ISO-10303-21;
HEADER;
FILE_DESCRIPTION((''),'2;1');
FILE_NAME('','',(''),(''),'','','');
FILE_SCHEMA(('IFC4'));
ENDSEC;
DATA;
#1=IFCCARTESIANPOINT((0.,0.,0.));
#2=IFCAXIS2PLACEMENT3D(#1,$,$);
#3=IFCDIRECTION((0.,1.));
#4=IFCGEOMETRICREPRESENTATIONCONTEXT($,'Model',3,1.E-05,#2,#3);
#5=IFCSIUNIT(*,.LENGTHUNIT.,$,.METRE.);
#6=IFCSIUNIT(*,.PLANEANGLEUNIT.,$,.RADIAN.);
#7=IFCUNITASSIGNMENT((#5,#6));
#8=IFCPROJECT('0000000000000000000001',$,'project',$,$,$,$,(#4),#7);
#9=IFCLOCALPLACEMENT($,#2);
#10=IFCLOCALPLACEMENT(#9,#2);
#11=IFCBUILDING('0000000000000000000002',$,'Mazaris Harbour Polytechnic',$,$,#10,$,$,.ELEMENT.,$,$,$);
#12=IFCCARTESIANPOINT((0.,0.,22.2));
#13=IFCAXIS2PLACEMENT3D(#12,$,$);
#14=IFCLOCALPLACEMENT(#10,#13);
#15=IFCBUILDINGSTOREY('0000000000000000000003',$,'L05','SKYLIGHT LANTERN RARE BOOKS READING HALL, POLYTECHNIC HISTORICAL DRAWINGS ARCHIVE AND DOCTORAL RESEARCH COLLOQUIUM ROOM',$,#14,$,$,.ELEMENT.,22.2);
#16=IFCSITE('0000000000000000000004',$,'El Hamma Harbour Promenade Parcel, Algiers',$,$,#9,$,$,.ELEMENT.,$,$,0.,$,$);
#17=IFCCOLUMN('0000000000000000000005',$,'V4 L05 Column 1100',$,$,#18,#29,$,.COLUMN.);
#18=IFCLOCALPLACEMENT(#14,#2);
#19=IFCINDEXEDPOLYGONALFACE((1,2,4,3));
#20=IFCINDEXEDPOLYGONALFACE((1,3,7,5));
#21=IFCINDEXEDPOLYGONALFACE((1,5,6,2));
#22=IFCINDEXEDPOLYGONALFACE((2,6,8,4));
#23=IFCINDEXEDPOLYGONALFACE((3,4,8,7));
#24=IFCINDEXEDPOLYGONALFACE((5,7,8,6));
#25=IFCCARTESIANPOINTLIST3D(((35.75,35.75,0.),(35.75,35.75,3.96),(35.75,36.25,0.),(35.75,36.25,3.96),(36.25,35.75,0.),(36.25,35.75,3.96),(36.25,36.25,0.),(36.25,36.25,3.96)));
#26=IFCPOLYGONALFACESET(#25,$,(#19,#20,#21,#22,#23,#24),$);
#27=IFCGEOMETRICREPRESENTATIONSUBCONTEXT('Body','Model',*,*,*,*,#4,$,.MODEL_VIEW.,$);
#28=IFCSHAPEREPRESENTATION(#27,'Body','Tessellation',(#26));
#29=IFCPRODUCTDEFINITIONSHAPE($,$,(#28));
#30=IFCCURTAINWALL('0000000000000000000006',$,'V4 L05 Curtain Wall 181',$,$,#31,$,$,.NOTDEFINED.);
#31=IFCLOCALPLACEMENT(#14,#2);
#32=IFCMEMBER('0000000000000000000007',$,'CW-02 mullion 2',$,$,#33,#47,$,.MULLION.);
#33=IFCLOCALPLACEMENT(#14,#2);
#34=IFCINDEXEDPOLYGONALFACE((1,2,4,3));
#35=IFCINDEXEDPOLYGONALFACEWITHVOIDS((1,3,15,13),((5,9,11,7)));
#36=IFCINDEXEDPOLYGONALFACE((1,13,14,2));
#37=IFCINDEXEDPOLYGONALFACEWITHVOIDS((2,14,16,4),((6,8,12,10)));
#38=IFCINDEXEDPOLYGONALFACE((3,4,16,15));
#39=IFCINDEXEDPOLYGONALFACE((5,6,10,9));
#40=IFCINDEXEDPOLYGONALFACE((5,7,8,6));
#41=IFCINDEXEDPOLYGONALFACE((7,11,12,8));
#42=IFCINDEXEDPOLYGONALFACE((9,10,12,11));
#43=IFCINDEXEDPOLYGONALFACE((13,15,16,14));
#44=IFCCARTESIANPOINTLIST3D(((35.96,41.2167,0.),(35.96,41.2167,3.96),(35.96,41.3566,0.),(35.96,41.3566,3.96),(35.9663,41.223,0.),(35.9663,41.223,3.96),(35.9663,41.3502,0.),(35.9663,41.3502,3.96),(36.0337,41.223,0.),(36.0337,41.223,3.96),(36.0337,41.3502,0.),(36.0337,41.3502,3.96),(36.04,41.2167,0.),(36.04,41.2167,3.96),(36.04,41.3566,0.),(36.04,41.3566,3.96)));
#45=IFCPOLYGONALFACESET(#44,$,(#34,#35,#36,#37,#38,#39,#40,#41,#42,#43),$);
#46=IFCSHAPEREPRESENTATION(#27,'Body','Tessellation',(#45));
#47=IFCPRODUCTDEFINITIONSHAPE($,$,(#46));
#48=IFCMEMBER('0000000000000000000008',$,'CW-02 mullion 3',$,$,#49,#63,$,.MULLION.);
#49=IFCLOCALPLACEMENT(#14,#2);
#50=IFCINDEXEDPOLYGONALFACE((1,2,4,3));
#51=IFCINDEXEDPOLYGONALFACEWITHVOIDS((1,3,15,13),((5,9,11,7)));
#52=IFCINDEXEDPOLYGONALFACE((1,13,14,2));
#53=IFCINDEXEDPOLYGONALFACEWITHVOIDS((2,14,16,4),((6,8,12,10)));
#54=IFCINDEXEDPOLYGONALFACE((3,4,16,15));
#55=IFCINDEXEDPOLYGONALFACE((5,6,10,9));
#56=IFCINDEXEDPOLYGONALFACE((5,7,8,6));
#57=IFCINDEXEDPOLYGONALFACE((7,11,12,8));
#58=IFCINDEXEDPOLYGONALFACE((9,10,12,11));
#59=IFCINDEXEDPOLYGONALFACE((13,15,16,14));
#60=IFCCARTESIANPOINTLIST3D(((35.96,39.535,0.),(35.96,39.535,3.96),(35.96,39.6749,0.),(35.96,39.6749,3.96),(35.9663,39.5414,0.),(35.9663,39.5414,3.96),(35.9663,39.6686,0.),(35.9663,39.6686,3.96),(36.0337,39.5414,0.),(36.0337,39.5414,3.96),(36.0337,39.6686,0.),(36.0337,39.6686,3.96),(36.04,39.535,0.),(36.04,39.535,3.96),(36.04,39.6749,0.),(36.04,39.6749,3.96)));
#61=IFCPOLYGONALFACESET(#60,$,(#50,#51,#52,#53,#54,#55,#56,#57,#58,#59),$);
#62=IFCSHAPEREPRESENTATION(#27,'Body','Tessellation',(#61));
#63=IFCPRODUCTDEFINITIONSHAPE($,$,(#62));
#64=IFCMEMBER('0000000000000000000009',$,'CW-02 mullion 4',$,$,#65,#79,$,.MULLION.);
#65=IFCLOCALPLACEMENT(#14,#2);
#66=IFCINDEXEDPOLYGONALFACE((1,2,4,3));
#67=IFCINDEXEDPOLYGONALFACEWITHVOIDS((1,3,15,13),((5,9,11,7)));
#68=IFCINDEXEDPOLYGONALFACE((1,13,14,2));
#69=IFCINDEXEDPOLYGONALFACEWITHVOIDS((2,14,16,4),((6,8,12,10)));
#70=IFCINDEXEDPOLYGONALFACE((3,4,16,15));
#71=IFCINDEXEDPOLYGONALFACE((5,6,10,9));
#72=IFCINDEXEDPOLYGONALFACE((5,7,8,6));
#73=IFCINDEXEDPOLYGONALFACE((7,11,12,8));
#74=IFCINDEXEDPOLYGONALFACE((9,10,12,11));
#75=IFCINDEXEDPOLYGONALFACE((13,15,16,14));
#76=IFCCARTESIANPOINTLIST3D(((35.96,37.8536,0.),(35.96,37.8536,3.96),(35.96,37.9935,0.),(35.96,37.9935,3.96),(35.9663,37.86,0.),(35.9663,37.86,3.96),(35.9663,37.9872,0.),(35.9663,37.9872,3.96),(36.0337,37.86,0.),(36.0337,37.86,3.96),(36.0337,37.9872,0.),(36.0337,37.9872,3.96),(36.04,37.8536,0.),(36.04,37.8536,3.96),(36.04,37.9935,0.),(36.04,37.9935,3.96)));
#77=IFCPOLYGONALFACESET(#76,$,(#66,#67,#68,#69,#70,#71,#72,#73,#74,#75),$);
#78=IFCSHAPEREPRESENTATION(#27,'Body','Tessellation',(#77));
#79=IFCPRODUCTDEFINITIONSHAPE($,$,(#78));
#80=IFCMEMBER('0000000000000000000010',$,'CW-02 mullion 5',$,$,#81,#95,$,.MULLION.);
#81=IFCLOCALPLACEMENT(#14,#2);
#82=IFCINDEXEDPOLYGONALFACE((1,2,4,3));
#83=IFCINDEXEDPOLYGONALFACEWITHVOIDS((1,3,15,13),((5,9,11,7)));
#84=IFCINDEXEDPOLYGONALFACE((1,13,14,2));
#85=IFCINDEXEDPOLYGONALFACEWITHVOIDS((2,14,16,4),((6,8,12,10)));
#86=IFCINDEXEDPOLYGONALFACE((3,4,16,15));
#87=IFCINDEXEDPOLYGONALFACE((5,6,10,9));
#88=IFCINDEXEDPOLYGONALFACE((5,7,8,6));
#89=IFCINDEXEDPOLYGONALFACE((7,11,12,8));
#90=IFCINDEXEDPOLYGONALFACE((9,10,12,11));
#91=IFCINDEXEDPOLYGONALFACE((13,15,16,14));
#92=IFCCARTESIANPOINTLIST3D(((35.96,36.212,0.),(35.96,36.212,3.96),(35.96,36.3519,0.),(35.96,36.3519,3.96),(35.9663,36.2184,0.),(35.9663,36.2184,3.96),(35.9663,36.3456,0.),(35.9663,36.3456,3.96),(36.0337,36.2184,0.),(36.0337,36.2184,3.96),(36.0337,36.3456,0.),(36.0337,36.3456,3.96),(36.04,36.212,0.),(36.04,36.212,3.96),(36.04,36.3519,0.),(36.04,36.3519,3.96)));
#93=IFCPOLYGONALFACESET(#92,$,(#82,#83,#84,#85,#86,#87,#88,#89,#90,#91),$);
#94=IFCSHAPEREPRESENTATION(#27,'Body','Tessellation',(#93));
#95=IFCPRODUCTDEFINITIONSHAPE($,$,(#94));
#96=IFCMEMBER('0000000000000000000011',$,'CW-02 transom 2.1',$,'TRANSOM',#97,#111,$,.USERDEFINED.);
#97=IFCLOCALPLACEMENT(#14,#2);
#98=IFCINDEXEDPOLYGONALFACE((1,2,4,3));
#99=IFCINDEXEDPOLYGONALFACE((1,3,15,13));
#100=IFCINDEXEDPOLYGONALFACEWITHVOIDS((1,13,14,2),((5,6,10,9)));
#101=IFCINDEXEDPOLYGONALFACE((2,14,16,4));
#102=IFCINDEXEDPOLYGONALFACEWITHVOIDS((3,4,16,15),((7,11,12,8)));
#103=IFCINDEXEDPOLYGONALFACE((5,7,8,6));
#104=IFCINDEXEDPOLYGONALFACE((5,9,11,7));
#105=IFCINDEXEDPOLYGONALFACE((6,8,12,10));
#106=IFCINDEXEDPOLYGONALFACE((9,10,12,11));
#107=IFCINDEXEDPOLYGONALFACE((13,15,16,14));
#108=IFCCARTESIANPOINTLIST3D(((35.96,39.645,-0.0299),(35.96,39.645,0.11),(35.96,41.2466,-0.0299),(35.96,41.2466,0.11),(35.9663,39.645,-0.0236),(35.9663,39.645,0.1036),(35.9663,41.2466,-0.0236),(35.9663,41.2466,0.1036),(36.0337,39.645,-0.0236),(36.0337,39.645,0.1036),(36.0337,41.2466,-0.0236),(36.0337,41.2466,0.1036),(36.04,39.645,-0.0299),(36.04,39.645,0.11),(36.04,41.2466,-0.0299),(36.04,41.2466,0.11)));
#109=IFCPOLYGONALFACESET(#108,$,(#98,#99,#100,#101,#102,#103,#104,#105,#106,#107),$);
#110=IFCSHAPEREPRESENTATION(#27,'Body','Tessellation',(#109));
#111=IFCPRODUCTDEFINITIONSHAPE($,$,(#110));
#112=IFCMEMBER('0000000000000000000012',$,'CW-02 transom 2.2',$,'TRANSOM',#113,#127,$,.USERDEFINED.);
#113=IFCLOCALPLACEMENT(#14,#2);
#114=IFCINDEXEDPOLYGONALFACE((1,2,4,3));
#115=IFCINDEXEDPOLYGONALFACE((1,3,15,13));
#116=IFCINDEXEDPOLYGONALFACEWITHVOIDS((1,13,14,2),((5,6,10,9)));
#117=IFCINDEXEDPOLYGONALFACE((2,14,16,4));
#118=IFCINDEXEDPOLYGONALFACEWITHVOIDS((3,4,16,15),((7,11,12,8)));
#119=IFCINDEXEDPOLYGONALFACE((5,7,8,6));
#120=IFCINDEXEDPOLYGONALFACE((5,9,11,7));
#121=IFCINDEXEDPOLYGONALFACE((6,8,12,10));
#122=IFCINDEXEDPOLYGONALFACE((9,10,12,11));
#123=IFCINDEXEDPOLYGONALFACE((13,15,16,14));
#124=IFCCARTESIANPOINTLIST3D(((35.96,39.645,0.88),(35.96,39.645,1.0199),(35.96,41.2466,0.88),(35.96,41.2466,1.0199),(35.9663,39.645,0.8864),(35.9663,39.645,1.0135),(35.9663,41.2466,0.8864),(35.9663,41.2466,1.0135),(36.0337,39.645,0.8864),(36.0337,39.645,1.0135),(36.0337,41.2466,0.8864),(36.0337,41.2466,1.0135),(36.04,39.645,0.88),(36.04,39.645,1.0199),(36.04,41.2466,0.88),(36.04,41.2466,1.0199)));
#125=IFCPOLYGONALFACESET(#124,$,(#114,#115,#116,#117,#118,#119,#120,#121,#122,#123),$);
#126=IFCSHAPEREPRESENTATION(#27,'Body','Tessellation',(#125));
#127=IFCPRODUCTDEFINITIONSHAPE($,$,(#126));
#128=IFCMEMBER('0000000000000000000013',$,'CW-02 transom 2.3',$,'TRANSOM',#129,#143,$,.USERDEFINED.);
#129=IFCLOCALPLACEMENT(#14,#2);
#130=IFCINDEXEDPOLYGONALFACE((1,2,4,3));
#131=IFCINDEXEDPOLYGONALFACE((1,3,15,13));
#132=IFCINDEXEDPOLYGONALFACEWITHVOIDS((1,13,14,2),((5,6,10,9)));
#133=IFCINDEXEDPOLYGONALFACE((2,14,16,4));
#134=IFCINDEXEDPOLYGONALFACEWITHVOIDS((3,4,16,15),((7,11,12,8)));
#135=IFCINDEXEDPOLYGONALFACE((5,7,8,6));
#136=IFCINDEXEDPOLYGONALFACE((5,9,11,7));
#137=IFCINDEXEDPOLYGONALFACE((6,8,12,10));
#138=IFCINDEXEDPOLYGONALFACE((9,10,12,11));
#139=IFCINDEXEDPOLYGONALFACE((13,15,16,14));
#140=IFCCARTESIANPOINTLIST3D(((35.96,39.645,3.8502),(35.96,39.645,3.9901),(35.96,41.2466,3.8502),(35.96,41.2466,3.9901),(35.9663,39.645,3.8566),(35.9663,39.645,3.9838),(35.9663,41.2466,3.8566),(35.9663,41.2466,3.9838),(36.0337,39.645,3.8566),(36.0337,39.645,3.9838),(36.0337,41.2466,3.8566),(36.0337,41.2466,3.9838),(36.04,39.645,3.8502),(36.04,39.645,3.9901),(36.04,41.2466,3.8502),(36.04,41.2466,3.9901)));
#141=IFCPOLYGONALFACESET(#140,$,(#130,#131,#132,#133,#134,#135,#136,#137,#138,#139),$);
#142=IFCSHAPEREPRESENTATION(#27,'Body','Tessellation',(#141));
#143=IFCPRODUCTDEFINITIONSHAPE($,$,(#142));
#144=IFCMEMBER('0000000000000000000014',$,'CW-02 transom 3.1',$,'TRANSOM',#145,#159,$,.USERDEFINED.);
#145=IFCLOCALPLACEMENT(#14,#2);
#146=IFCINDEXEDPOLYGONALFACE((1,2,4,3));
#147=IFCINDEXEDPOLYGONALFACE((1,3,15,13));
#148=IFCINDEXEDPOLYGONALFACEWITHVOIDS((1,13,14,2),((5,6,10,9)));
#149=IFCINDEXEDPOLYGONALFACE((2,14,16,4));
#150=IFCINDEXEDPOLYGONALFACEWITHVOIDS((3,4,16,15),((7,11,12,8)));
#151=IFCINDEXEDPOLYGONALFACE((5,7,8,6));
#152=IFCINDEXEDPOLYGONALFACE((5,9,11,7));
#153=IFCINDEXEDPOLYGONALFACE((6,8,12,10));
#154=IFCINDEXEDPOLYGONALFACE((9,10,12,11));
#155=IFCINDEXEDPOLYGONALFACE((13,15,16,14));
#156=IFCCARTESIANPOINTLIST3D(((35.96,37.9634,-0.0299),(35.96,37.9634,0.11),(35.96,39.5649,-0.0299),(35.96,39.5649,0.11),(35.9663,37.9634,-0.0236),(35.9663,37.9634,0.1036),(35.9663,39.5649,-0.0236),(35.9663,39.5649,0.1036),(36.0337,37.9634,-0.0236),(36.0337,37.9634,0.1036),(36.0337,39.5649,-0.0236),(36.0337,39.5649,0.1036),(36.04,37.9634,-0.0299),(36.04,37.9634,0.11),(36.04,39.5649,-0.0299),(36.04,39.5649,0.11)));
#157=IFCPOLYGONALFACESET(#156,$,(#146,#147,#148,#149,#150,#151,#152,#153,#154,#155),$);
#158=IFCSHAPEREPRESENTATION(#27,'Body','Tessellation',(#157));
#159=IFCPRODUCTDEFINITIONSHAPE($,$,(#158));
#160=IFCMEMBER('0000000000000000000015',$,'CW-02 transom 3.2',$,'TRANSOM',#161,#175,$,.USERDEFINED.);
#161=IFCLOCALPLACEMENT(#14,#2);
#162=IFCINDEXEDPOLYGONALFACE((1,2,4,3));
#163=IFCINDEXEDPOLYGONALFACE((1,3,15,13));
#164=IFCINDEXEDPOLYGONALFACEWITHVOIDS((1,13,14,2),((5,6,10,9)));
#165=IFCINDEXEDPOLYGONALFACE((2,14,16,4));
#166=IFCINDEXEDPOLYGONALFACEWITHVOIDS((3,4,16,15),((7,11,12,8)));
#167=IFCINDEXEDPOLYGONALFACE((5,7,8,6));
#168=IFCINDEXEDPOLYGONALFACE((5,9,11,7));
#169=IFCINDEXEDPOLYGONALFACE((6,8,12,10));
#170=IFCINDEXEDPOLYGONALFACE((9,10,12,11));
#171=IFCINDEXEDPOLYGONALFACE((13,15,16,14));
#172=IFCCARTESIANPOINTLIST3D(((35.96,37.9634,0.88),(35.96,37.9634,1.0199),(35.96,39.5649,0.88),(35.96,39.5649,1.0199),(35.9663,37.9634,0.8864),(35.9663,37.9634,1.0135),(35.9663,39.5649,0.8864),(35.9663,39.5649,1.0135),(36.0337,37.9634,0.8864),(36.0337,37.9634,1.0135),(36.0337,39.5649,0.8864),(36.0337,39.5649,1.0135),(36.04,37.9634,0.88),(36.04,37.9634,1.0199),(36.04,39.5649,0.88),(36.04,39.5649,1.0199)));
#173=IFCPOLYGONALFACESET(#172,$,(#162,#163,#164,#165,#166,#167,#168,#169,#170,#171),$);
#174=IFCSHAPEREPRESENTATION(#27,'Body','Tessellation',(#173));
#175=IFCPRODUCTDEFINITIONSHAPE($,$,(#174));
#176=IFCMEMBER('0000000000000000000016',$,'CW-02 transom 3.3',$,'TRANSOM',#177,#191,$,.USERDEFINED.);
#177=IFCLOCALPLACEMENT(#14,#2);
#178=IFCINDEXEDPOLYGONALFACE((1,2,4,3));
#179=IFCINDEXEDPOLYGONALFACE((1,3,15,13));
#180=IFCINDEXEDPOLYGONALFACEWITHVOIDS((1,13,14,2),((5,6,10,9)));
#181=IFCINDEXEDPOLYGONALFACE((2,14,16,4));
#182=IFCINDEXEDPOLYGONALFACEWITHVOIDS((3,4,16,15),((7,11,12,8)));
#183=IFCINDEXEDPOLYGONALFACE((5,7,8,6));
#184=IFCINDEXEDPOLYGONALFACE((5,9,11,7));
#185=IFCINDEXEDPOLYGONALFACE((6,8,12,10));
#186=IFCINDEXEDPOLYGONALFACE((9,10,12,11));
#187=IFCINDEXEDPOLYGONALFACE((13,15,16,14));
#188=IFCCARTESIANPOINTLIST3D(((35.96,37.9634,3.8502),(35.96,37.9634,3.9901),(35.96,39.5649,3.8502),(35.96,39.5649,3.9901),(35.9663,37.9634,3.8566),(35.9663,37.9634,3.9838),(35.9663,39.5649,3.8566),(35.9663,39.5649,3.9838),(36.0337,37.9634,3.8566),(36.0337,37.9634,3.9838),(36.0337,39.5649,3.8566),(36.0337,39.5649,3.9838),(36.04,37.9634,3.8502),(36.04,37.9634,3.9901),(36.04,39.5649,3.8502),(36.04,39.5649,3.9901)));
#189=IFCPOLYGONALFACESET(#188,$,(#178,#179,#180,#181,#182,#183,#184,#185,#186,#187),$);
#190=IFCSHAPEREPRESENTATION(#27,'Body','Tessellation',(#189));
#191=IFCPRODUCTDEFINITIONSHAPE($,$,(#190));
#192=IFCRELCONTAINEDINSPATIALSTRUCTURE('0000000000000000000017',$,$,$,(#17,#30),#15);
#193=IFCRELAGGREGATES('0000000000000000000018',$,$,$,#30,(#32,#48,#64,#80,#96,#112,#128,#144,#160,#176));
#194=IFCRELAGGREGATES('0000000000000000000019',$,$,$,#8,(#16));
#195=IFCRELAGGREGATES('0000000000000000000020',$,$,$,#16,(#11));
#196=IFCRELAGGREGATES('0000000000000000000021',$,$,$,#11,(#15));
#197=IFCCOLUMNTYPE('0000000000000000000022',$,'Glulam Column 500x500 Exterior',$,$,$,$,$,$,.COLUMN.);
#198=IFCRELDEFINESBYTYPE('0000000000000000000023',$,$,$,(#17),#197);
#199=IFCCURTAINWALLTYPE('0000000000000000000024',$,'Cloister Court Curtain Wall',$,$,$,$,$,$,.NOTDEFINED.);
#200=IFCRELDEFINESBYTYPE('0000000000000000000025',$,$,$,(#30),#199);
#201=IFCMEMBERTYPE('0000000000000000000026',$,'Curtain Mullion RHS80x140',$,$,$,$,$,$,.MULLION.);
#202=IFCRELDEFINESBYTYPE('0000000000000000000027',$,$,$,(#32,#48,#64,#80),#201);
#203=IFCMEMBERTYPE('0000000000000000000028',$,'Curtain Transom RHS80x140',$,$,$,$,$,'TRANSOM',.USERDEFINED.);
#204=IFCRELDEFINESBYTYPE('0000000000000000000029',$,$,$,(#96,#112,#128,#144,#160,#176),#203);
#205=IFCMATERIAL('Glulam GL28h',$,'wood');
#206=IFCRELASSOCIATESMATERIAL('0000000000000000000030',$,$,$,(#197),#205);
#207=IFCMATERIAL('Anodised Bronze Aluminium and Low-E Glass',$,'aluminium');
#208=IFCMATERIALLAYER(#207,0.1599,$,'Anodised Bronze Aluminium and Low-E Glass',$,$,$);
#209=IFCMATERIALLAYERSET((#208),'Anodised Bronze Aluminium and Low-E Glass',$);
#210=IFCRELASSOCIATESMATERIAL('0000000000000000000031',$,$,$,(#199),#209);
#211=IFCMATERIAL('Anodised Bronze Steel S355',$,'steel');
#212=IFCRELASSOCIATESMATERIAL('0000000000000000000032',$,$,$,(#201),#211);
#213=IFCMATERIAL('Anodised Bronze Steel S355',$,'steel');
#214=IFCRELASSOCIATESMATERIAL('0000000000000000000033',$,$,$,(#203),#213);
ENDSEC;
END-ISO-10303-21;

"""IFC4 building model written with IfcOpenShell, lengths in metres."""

from ifc_helpers import new_model, si_unit, direction, frame, origin, origin_2d, place, context, subcontext, project, spatial, rectangle, hollow_rectangle, extrude, material, layer, layer_set, material_profile, profile_set, type_object, element, aggregate, save


model = new_model("IFC4")

# Units and contexts
model_context = context("Model", 3, precision=1e-05, world=origin(), true_north=direction((0.0, 1.0)))
body_context = subcontext(model_context, "Body", "Model", "MODEL_VIEW")
ifc_project = project(units=[si_unit("LENGTHUNIT", "METRE"), si_unit("PLANEANGLEUNIT", "RADIAN")], contexts=[model_context])

# Site, building, storey
site_placement = place(None, origin())
site = spatial("IfcSite", under=ifc_project, at=site_placement, Name="El Hamma Harbour Promenade Parcel, Algiers", CompositionType="ELEMENT", RefElevation=0.0)
building_placement = place(site_placement, origin())
building = spatial("IfcBuilding", under=site, at=building_placement, Name="Mazaris Harbour Polytechnic", CompositionType="ELEMENT")
storey_placement = place(building_placement, frame((0.0, 0.0, 22.2)))
storey = spatial("IfcBuildingStorey", under=building, at=storey_placement, Name="L05", Description="SKYLIGHT LANTERN RARE BOOKS READING HALL, POLYTECHNIC HISTORICAL DRAWINGS ARCHIVE AND DOCTORAL RESEARCH COLLOQUIUM ROOM", CompositionType="ELEMENT", Elevation=22.2)

# Column
ifc_material_1 = material(Name="Glulam GL28h", Category="wood")
ifc_material_profile_1 = material_profile(ifc_material_1, rectangle(XDim=0.5, YDim=0.5, at=origin_2d()), Name="RECT500x500")
ifc_profile_set_1 = profile_set([ifc_material_profile_1], Name="Glulam GL28h")
column_type = type_object("IfcColumnType", Name="Glulam Column 500x500 Exterior", PredefinedType="COLUMN", material=ifc_profile_set_1)
column_placement = place(storey_placement, frame((36.0, 36.0, 0.0), z_axis=(0.0, 0.0, 1.0), x_axis=(1.0, 0.0, 0.0)))
element("IfcColumn", 1, at=column_placement, inside=storey, type_object=column_type, Name="V4 L05 Column 1100", PredefinedType="COLUMN", context=body_context, shape_type="SweptSolid", body=[
    extrude(rectangle(XDim=0.5, YDim=0.5, at=origin_2d()), origin(), (0.0, 0.0, 1.0), 3.96),
])

# Curtain wall, members
ifc_material_2 = material(Name="Anodised Bronze Aluminium and Low-E Glass", Category="aluminium")
ifc_layer_1 = layer(ifc_material_2, 0.1599, Name="Anodised Bronze Aluminium and Low-E Glass")
ifc_layer_set_1 = layer_set([ifc_layer_1], Name="Anodised Bronze Aluminium and Low-E Glass")
curtain_wall_type = type_object("IfcCurtainWallType", Name="Cloister Court Curtain Wall", PredefinedType="NOTDEFINED", material=ifc_layer_set_1)
curtain_wall_placement = place(storey_placement, origin())
curtain_wall = element("IfcCurtainWall", 2, at=curtain_wall_placement, inside=storey, type_object=curtain_wall_type, Name="V4 L05 Curtain Wall 181", PredefinedType="NOTDEFINED")
ifc_material_3 = material(Name="Anodised Bronze Steel S355", Category="steel")
ifc_material_profile_2 = material_profile(ifc_material_3, hollow_rectangle(XDim=0.0801, YDim=0.1399, WallThickness=0.0063, at=origin_2d()), Name="RHS 80x140x6.3")
ifc_profile_set_2 = profile_set([ifc_material_profile_2], Name="Anodised Bronze Steel S355")
member_type_1 = type_object("IfcMemberType", Name="Curtain Mullion RHS80x140", PredefinedType="MULLION", material=ifc_profile_set_2)
member_1_placement = place(storey_placement, frame((36.0, 41.2866, 0.0), z_axis=(0.0, 0.0, 1.0), x_axis=(1.0, 0.0, 0.0)))
member_1 = element("IfcMember", 3, at=member_1_placement, type_object=member_type_1, Name="CW-02 mullion 2", PredefinedType="MULLION", context=body_context, shape_type="SweptSolid", body=[
    extrude(hollow_rectangle(XDim=0.0801, YDim=0.1399, WallThickness=0.0063, at=origin_2d()), origin(), (0.0, 0.0, 1.0), 3.96),
])
member_2_placement = place(storey_placement, frame((36.0, 39.605, 0.0), z_axis=(0.0, 0.0, 1.0), x_axis=(1.0, 0.0, 0.0)))
member_2 = element("IfcMember", 4, at=member_2_placement, type_object=member_type_1, Name="CW-02 mullion 3", PredefinedType="MULLION", context=body_context, shape_type="SweptSolid", body=[
    extrude(hollow_rectangle(XDim=0.0801, YDim=0.1399, WallThickness=0.0063, at=origin_2d()), origin(), (0.0, 0.0, 1.0), 3.96),
])
member_3_placement = place(storey_placement, frame((36.0, 37.9236, 0.0), z_axis=(0.0, 0.0, 1.0), x_axis=(1.0, 0.0, 0.0)))
member_3 = element("IfcMember", 5, at=member_3_placement, type_object=member_type_1, Name="CW-02 mullion 4", PredefinedType="MULLION", context=body_context, shape_type="SweptSolid", body=[
    extrude(hollow_rectangle(XDim=0.0801, YDim=0.1399, WallThickness=0.0063, at=origin_2d()), origin(), (0.0, 0.0, 1.0), 3.96),
])
member_4_placement = place(storey_placement, frame((36.0, 36.282, 0.0), z_axis=(0.0, 0.0, 1.0), x_axis=(1.0, 0.0, 0.0)))
member_4 = element("IfcMember", 6, at=member_4_placement, type_object=member_type_1, Name="CW-02 mullion 5", PredefinedType="MULLION", context=body_context, shape_type="SweptSolid", body=[
    extrude(hollow_rectangle(XDim=0.0801, YDim=0.1399, WallThickness=0.0063, at=origin_2d()), origin(), (0.0, 0.0, 1.0), 3.96),
])
ifc_material_4 = material(Name="Anodised Bronze Steel S355", Category="steel")
ifc_material_profile_3 = material_profile(ifc_material_4, hollow_rectangle(XDim=0.0801, YDim=0.1399, WallThickness=0.0063, at=origin_2d()), Name="RHS 80x140x6.3")
ifc_profile_set_3 = profile_set([ifc_material_profile_3], Name="Anodised Bronze Steel S355")
member_type_2 = type_object("IfcMemberType", Name="Curtain Transom RHS80x140", ElementType="TRANSOM", PredefinedType="USERDEFINED", material=ifc_profile_set_3)
member_5_placement = place(storey_placement, frame((36.0, 41.2466, 0.04), z_axis=(0.0, -1.0, 0.0), x_axis=(1.0, 0.0, 0.0)))
member_5 = element("IfcMember", 7, at=member_5_placement, type_object=member_type_2, Name="CW-02 transom 2.1", ObjectType="TRANSOM", PredefinedType="USERDEFINED", context=body_context, shape_type="SweptSolid", body=[
    extrude(hollow_rectangle(XDim=0.0801, YDim=0.1399, WallThickness=0.0063, at=origin_2d()), origin(), (0.0, 0.0, 1.0), 1.6016),
])
member_6_placement = place(storey_placement, frame((36.0, 41.2466, 0.95), z_axis=(0.0, -1.0, 0.0), x_axis=(1.0, 0.0, 0.0)))
member_6 = element("IfcMember", 8, at=member_6_placement, type_object=member_type_2, Name="CW-02 transom 2.2", ObjectType="TRANSOM", PredefinedType="USERDEFINED", context=body_context, shape_type="SweptSolid", body=[
    extrude(hollow_rectangle(XDim=0.0801, YDim=0.1399, WallThickness=0.0063, at=origin_2d()), origin(), (0.0, 0.0, 1.0), 1.6016),
])
member_7_placement = place(storey_placement, frame((36.0, 41.2466, 3.9202), z_axis=(0.0, -1.0, 0.0), x_axis=(1.0, 0.0, 0.0)))
member_7 = element("IfcMember", 9, at=member_7_placement, type_object=member_type_2, Name="CW-02 transom 2.3", ObjectType="TRANSOM", PredefinedType="USERDEFINED", context=body_context, shape_type="SweptSolid", body=[
    extrude(hollow_rectangle(XDim=0.0801, YDim=0.1399, WallThickness=0.0063, at=origin_2d()), origin(), (0.0, 0.0, 1.0), 1.6016),
])
member_8_placement = place(storey_placement, frame((36.0, 39.5649, 0.04), z_axis=(0.0, -1.0, 0.0), x_axis=(1.0, 0.0, 0.0)))
member_8 = element("IfcMember", 10, at=member_8_placement, type_object=member_type_2, Name="CW-02 transom 3.1", ObjectType="TRANSOM", PredefinedType="USERDEFINED", context=body_context, shape_type="SweptSolid", body=[
    extrude(hollow_rectangle(XDim=0.0801, YDim=0.1399, WallThickness=0.0063, at=origin_2d()), origin(), (0.0, 0.0, 1.0), 1.6016),
])
member_9_placement = place(storey_placement, frame((36.0, 39.5649, 0.95), z_axis=(0.0, -1.0, 0.0), x_axis=(1.0, 0.0, 0.0)))
member_9 = element("IfcMember", 11, at=member_9_placement, type_object=member_type_2, Name="CW-02 transom 3.2", ObjectType="TRANSOM", PredefinedType="USERDEFINED", context=body_context, shape_type="SweptSolid", body=[
    extrude(hollow_rectangle(XDim=0.0801, YDim=0.1399, WallThickness=0.0063, at=origin_2d()), origin(), (0.0, 0.0, 1.0), 1.6016),
])
member_10_placement = place(storey_placement, frame((36.0, 39.5649, 3.9202), z_axis=(0.0, -1.0, 0.0), x_axis=(1.0, 0.0, 0.0)))
member_10 = element("IfcMember", 12, at=member_10_placement, type_object=member_type_2, Name="CW-02 transom 3.3", ObjectType="TRANSOM", PredefinedType="USERDEFINED", context=body_context, shape_type="SweptSolid", body=[
    extrude(hollow_rectangle(XDim=0.0801, YDim=0.1399, WallThickness=0.0063, at=origin_2d()), origin(), (0.0, 0.0, 1.0), 1.6016),
])
aggregate(curtain_wall, [member_1, member_2, member_3, member_4, member_5, member_6, member_7, member_8, member_9, member_10])

save(model, "model.ifc")
